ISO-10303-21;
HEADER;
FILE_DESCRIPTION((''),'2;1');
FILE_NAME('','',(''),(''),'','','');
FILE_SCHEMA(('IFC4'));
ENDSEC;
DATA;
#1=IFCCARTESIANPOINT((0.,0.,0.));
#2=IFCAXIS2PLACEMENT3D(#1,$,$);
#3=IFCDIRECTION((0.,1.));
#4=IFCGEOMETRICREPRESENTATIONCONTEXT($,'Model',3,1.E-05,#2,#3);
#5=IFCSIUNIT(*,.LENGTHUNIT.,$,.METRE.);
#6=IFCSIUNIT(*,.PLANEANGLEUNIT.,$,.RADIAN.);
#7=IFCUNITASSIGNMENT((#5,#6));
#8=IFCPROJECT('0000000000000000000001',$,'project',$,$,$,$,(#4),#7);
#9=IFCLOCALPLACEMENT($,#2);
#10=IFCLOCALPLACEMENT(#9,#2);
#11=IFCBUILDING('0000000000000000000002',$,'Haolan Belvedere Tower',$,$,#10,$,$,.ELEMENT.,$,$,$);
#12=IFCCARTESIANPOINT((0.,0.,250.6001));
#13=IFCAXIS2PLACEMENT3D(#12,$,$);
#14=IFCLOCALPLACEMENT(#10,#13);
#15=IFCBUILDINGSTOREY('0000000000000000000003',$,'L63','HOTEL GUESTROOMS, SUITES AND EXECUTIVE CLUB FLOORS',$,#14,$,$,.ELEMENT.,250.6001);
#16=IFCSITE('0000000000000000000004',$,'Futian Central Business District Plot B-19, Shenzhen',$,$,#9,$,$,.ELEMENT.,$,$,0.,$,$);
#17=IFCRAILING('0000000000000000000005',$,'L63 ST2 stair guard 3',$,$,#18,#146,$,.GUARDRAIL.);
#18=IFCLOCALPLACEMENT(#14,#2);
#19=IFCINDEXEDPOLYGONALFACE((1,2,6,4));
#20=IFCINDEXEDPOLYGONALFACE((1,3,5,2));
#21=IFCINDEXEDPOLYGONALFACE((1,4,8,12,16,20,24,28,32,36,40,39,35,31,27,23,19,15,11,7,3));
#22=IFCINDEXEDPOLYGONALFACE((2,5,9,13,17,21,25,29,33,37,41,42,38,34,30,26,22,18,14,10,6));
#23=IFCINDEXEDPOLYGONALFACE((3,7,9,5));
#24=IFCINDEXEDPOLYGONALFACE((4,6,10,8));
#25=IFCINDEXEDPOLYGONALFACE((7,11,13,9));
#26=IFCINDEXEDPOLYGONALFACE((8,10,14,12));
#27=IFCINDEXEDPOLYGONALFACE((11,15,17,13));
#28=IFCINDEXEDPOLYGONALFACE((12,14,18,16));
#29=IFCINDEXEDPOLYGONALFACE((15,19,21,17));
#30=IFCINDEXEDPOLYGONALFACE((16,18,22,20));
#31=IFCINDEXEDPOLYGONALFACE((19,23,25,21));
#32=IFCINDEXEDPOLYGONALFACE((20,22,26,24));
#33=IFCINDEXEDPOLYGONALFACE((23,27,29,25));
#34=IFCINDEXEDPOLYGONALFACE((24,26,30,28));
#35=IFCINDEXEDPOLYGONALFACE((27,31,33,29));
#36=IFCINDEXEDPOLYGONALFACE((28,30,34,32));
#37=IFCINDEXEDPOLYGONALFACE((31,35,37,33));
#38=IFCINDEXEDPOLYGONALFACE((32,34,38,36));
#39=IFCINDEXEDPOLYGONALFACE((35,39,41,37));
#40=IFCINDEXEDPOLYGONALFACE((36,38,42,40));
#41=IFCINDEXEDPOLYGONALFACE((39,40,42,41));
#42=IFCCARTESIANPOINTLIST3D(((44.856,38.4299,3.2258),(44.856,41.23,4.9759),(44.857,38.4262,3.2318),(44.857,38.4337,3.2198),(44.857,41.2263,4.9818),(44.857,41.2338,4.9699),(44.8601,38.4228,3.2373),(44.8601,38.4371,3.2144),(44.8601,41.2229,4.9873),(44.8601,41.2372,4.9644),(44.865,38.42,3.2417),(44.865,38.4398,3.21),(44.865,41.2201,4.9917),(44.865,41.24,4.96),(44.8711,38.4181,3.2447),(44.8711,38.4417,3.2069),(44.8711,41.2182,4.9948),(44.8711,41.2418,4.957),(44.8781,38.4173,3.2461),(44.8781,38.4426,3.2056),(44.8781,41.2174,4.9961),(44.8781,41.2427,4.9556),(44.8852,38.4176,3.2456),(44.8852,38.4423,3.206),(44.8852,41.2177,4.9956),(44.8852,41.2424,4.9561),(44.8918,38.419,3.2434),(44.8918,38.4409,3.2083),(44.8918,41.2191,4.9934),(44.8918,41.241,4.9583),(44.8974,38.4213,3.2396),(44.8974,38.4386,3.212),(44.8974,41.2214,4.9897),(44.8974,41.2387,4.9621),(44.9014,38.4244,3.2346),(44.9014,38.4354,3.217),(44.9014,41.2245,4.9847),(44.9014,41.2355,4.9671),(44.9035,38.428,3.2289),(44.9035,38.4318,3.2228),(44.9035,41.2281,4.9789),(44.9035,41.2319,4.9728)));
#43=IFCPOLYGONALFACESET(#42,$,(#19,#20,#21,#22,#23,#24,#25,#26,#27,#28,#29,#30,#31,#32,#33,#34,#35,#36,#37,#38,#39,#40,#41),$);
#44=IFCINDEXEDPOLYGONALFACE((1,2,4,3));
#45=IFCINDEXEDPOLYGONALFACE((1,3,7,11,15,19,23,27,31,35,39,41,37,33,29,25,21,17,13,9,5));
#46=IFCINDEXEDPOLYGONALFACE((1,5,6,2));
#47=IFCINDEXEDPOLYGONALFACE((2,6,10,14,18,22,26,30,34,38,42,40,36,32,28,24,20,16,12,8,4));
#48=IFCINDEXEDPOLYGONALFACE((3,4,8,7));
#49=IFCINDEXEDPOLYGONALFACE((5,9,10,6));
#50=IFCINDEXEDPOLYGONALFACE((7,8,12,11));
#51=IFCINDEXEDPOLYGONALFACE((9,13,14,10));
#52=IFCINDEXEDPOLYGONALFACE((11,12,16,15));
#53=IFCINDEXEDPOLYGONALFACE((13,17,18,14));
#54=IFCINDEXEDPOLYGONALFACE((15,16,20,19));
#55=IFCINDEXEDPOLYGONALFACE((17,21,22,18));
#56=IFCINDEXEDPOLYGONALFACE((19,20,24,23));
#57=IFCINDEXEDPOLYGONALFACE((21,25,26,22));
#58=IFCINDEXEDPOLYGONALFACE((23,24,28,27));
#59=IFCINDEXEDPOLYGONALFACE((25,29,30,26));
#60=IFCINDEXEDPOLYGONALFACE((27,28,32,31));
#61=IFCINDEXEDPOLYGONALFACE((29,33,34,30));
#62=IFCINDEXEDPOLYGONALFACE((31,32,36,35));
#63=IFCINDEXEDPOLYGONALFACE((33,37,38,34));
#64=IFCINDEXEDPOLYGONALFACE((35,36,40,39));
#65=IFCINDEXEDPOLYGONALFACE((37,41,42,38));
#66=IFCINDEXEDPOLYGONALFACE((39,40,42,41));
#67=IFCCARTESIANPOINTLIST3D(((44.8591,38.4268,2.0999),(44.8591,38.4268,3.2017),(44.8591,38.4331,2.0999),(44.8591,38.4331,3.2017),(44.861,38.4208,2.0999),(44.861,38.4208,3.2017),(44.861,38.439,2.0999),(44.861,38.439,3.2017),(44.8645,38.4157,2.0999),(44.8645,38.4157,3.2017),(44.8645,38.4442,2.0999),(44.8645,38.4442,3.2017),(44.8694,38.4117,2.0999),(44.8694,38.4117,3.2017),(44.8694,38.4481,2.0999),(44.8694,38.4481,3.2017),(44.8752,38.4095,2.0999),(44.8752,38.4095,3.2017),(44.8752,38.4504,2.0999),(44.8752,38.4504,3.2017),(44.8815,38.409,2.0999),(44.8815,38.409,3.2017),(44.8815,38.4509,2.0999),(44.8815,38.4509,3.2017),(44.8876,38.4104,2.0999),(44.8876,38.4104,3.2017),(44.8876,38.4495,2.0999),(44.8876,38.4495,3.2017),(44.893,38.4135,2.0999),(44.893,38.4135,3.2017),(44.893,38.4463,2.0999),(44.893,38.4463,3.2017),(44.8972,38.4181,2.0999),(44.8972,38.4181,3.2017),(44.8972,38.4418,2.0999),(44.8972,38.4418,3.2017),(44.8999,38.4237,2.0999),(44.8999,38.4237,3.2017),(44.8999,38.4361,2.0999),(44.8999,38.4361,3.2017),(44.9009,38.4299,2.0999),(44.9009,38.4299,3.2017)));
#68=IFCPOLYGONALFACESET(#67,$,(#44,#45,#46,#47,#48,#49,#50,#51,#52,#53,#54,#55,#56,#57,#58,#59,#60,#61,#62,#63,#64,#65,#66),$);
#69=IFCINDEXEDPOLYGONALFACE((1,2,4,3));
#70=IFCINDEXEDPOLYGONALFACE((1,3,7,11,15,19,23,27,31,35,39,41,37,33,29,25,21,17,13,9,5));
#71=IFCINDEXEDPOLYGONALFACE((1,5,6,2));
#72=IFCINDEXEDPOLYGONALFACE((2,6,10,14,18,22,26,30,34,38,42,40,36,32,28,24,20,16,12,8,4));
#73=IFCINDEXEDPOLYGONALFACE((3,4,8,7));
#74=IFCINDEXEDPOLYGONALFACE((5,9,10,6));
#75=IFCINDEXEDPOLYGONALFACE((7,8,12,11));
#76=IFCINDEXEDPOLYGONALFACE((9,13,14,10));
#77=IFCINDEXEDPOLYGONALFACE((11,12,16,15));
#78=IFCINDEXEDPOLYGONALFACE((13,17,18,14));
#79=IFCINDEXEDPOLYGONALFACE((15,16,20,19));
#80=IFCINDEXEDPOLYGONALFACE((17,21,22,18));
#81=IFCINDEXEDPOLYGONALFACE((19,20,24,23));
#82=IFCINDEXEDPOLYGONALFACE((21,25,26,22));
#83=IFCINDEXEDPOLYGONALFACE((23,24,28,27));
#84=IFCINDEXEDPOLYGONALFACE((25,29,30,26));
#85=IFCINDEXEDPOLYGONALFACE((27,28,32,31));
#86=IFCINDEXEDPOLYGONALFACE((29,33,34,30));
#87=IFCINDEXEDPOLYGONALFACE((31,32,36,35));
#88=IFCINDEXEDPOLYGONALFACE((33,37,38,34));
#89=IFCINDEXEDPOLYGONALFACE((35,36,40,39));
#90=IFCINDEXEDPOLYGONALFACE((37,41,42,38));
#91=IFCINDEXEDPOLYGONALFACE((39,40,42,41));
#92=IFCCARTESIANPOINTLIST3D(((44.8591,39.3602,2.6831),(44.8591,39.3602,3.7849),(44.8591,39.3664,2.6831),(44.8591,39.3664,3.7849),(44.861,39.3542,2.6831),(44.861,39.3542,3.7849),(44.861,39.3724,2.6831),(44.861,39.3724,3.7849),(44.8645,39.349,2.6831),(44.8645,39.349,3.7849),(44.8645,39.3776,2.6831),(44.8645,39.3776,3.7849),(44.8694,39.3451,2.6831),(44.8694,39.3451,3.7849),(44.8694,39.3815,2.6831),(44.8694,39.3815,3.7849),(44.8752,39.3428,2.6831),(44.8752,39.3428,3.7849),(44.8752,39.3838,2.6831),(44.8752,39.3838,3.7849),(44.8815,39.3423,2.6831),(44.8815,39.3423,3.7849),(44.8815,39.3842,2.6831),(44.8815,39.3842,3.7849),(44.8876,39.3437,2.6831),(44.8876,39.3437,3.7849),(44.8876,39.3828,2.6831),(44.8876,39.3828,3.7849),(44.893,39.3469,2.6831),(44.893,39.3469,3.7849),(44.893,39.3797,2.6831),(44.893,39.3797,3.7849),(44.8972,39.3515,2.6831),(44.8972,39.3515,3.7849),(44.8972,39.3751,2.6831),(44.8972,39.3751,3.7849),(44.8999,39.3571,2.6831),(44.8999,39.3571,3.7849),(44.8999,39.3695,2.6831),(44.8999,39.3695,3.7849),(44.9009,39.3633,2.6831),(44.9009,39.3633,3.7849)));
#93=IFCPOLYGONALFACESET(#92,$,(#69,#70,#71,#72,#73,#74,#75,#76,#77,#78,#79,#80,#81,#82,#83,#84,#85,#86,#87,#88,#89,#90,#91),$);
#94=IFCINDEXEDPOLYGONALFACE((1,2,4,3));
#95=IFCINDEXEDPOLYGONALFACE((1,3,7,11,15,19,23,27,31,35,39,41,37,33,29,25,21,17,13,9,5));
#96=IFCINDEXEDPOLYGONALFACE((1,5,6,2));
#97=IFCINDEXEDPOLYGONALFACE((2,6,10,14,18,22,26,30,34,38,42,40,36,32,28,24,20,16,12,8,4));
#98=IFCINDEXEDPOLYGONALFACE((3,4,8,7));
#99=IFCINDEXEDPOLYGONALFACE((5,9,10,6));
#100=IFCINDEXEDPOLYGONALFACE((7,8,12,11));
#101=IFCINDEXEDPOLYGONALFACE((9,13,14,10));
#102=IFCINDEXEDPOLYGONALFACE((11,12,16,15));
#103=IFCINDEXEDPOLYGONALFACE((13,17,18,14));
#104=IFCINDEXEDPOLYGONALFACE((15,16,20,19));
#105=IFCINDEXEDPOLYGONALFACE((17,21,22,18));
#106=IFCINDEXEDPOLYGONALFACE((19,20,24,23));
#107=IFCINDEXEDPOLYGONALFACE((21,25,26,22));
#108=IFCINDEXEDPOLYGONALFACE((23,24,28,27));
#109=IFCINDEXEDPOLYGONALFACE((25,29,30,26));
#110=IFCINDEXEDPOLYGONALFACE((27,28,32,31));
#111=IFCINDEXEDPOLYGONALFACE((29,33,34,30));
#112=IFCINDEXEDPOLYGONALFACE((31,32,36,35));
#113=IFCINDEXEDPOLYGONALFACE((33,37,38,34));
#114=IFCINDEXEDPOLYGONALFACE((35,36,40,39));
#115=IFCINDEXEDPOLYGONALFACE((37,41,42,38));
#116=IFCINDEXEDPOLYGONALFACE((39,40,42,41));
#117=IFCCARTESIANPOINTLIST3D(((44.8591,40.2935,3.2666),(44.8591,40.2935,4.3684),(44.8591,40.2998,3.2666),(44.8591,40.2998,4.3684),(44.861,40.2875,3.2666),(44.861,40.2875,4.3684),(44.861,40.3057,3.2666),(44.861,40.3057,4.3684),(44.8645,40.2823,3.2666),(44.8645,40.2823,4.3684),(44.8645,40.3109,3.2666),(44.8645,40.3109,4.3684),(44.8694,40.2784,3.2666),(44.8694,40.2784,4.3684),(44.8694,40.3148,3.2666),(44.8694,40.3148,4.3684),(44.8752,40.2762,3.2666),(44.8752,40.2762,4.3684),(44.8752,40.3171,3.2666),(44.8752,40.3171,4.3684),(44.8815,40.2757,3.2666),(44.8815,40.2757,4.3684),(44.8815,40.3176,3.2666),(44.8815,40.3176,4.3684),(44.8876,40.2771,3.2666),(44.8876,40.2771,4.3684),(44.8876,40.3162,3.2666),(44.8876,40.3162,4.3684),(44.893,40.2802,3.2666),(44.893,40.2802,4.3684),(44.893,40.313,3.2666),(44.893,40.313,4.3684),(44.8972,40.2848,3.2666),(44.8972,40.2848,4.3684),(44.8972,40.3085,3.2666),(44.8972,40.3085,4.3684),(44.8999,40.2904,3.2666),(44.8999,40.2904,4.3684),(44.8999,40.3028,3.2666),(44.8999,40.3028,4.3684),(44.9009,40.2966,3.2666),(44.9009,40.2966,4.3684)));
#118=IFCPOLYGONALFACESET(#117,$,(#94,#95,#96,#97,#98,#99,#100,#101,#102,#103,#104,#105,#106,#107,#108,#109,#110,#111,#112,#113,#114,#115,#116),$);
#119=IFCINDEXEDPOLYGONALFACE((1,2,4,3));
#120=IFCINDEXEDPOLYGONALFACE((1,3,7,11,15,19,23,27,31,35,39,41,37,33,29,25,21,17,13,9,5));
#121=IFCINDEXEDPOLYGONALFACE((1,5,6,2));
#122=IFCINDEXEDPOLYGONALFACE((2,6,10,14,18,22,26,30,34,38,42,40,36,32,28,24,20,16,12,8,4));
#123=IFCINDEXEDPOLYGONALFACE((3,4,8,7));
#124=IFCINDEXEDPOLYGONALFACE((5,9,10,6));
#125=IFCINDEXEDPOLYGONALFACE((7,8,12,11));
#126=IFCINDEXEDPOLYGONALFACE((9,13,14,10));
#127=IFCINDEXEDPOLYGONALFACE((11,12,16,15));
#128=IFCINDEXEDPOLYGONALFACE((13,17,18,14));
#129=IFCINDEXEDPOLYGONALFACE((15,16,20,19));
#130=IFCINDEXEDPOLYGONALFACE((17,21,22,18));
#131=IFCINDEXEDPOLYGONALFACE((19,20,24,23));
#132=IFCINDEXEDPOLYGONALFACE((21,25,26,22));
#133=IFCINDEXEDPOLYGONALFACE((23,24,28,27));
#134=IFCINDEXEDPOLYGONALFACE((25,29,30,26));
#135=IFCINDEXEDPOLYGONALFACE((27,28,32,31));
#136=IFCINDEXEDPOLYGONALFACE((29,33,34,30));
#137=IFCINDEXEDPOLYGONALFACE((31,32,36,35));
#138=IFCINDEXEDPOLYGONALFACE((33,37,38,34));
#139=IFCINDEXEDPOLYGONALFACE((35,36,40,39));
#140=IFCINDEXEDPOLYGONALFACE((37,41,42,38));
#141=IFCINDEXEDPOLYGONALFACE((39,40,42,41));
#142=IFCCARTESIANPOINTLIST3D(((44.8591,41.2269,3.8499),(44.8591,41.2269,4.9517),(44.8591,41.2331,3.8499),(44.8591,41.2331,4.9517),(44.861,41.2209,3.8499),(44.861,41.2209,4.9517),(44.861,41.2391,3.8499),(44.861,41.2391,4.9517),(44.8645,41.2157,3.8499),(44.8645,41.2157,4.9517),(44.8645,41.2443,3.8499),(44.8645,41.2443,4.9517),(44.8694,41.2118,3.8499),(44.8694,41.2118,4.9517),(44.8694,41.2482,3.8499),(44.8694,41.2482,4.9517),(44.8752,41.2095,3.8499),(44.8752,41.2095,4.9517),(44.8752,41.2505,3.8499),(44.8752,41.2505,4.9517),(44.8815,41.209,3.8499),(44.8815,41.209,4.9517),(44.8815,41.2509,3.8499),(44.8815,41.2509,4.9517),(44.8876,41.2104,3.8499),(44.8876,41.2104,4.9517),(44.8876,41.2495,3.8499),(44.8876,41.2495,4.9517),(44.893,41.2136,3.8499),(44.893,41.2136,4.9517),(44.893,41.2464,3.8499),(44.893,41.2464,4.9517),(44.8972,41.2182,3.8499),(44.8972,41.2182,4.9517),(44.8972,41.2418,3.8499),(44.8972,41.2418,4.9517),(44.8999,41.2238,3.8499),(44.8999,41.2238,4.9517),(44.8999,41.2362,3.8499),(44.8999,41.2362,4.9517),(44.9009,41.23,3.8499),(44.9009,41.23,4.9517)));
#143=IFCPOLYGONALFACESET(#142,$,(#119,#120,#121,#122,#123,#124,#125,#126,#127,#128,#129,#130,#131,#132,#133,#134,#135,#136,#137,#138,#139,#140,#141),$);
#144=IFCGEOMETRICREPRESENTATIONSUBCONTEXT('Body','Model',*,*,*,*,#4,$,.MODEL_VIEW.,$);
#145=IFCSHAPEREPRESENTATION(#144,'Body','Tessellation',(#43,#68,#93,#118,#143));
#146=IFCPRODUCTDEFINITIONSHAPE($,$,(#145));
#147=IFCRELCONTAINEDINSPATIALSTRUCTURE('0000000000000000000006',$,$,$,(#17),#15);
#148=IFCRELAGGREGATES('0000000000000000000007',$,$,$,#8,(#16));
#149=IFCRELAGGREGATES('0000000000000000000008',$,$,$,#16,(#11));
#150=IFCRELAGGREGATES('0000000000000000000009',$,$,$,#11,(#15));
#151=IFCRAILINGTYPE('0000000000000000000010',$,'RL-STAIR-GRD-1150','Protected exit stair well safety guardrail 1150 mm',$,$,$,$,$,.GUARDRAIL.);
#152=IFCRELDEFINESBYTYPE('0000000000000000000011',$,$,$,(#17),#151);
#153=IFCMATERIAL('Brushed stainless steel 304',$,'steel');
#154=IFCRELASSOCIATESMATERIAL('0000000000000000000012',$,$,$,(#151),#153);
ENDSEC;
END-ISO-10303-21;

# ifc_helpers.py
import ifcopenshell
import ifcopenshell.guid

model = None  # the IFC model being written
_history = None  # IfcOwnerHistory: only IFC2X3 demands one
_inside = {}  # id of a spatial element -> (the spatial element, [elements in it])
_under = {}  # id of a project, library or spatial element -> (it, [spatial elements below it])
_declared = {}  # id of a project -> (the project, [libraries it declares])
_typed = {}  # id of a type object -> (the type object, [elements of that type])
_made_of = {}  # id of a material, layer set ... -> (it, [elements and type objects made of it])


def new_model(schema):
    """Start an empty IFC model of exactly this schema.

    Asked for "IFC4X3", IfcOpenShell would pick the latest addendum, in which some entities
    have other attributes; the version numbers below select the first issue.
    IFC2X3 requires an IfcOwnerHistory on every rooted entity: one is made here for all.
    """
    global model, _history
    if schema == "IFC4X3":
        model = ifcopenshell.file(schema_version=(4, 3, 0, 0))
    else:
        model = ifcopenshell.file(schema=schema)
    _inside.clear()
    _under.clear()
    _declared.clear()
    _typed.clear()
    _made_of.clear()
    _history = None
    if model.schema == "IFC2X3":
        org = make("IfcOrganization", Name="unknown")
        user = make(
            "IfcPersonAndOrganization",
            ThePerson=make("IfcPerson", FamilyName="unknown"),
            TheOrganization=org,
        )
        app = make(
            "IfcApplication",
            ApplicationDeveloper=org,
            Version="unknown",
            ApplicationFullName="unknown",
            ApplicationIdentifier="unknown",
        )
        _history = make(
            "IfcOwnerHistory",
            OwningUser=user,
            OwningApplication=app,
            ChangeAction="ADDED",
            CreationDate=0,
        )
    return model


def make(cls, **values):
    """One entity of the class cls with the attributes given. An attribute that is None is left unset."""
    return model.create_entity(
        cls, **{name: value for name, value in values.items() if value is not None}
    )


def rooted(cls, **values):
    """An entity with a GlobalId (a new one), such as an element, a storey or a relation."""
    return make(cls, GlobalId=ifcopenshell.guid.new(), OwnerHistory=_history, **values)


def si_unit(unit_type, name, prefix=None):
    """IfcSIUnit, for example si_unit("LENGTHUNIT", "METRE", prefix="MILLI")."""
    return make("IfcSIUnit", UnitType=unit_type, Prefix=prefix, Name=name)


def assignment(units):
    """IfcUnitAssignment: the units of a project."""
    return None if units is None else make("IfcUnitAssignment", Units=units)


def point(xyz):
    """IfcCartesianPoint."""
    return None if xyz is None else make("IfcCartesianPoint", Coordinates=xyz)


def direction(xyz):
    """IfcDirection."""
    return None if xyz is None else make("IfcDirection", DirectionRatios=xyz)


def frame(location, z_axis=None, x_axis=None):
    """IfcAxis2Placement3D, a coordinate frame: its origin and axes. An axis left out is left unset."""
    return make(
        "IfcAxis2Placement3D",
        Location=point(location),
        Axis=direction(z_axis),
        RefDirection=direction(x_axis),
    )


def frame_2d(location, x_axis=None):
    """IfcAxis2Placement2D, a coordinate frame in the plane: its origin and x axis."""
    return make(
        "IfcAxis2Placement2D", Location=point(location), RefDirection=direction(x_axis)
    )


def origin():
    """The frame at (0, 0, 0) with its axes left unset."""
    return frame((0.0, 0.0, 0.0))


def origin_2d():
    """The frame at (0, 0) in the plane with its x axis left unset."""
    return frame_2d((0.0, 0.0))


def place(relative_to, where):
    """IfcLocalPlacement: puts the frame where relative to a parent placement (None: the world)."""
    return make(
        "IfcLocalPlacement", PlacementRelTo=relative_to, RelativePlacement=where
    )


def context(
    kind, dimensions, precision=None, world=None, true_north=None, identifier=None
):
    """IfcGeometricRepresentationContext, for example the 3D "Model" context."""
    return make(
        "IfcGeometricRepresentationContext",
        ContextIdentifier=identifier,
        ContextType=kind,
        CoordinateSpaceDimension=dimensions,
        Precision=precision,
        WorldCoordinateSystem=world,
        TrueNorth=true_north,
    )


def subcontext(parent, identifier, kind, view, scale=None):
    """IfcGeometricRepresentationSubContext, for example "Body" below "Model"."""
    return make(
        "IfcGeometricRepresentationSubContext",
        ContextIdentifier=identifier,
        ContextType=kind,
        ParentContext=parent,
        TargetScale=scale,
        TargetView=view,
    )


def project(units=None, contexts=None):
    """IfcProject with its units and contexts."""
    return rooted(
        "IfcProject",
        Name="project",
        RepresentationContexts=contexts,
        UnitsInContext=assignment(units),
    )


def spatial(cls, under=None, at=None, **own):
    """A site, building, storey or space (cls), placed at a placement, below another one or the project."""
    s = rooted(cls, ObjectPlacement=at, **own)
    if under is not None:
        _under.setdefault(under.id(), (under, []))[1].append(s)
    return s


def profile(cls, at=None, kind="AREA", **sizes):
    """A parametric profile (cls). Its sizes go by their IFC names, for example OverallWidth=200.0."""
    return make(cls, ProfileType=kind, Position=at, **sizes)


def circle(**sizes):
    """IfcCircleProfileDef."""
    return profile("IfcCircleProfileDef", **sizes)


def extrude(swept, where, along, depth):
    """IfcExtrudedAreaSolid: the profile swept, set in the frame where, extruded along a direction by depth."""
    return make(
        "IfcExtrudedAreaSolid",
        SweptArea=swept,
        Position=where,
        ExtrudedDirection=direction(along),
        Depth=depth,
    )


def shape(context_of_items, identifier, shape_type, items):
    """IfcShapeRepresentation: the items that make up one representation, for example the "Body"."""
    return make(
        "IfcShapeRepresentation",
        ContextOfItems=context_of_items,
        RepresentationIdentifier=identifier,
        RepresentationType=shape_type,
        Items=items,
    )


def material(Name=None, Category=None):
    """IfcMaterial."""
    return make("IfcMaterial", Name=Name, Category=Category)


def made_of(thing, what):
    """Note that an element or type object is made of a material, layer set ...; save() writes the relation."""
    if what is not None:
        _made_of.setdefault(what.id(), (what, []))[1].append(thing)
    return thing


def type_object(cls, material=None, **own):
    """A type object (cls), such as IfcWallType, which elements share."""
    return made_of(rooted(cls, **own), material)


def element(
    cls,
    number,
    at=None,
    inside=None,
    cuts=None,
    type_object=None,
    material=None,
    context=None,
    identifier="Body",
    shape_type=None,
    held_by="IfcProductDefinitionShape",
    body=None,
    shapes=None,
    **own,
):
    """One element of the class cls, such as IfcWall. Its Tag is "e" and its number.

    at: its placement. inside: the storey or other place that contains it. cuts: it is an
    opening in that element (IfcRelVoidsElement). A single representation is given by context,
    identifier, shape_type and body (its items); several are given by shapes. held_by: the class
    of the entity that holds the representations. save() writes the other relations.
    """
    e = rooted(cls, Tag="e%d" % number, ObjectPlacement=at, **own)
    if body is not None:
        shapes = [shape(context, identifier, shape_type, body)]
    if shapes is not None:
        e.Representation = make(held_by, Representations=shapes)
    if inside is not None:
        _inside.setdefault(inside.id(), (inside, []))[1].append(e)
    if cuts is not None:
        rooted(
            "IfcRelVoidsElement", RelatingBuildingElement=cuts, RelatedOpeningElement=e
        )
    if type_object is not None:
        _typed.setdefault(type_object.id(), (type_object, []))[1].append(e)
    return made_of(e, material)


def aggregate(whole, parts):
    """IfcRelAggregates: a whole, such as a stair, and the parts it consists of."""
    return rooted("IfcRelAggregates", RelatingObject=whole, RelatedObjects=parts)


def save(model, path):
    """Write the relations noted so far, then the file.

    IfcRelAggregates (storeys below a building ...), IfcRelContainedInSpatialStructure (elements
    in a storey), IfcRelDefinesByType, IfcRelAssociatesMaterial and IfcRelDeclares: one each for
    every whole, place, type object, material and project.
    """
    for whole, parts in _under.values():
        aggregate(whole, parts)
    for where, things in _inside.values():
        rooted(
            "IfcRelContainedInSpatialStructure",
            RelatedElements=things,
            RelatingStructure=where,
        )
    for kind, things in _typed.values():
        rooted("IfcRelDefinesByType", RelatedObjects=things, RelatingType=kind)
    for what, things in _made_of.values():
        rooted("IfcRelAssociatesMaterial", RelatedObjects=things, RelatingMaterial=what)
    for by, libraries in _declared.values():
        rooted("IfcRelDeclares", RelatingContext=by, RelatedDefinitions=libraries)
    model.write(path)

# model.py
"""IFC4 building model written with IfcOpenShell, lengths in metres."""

from ifc_helpers import new_model, si_unit, direction, frame, origin, origin_2d, place, context, subcontext, project, spatial, circle, extrude, material, type_object, element, save


model = new_model("IFC4")

# Units and contexts
model_context = context("Model", 3, precision=1e-05, world=origin(), true_north=direction((0.0, 1.0)))
body_context = subcontext(model_context, "Body", "Model", "MODEL_VIEW")
ifc_project = project(units=[si_unit("LENGTHUNIT", "METRE"), si_unit("PLANEANGLEUNIT", "RADIAN")], contexts=[model_context])

# Site, building, storey
site_placement = place(None, origin())
site = spatial("IfcSite", under=ifc_project, at=site_placement, Name="Futian Central Business District Plot B-19, Shenzhen", CompositionType="ELEMENT", RefElevation=0.0)
building_placement = place(site_placement, origin())
building = spatial("IfcBuilding", under=site, at=building_placement, Name="Haolan Belvedere Tower", CompositionType="ELEMENT")
storey_placement = place(building_placement, frame((0.0, 0.0, 250.6001)))
storey = spatial("IfcBuildingStorey", under=building, at=storey_placement, Name="L63", Description="HOTEL GUESTROOMS, SUITES AND EXECUTIVE CLUB FLOORS", CompositionType="ELEMENT", Elevation=250.6001)

# Railing
ifc_material_1 = material(Name="Brushed stainless steel 304", Category="steel")
railing_type = type_object("IfcRailingType", Name="RL-STAIR-GRD-1150", Description="Protected exit stair well safety guardrail 1150 mm", PredefinedType="GUARDRAIL", material=ifc_material_1)
railing_1_placement = place(storey_placement, frame((44.8799, 38.4299, 2.0999)))
element("IfcRailing", 1, at=railing_1_placement, inside=storey, type_object=railing_type, Name="L63 ST2 stair guard 3", PredefinedType="GUARDRAIL", context=body_context, shape_type="SweptSolid", body=[
    extrude(circle(Radius=0.0239, at=origin_2d()), frame((0.0, 0.0, 1.126), z_axis=(0.0, 0.848002, 0.529992), x_axis=(-1.0, 0.0, 0.0)), (0.0, 0.0, 1.0), 3.302),
    extrude(circle(Radius=0.021, at=origin_2d()), origin(), (0.0, 0.0, 1.0), 1.1018),
    extrude(circle(Radius=0.021, at=origin_2d()), frame((0.0, 0.9333, 0.5833)), (0.0, 0.0, 1.0), 1.1018),
    extrude(circle(Radius=0.021, at=origin_2d()), frame((0.0, 1.8667, 1.1667)), (0.0, 0.0, 1.0), 1.1018),
    extrude(circle(Radius=0.021, at=origin_2d()), frame((0.0, 2.8, 1.75)), (0.0, 0.0, 1.0), 1.1018),
])

save(model, "model.ifc")
